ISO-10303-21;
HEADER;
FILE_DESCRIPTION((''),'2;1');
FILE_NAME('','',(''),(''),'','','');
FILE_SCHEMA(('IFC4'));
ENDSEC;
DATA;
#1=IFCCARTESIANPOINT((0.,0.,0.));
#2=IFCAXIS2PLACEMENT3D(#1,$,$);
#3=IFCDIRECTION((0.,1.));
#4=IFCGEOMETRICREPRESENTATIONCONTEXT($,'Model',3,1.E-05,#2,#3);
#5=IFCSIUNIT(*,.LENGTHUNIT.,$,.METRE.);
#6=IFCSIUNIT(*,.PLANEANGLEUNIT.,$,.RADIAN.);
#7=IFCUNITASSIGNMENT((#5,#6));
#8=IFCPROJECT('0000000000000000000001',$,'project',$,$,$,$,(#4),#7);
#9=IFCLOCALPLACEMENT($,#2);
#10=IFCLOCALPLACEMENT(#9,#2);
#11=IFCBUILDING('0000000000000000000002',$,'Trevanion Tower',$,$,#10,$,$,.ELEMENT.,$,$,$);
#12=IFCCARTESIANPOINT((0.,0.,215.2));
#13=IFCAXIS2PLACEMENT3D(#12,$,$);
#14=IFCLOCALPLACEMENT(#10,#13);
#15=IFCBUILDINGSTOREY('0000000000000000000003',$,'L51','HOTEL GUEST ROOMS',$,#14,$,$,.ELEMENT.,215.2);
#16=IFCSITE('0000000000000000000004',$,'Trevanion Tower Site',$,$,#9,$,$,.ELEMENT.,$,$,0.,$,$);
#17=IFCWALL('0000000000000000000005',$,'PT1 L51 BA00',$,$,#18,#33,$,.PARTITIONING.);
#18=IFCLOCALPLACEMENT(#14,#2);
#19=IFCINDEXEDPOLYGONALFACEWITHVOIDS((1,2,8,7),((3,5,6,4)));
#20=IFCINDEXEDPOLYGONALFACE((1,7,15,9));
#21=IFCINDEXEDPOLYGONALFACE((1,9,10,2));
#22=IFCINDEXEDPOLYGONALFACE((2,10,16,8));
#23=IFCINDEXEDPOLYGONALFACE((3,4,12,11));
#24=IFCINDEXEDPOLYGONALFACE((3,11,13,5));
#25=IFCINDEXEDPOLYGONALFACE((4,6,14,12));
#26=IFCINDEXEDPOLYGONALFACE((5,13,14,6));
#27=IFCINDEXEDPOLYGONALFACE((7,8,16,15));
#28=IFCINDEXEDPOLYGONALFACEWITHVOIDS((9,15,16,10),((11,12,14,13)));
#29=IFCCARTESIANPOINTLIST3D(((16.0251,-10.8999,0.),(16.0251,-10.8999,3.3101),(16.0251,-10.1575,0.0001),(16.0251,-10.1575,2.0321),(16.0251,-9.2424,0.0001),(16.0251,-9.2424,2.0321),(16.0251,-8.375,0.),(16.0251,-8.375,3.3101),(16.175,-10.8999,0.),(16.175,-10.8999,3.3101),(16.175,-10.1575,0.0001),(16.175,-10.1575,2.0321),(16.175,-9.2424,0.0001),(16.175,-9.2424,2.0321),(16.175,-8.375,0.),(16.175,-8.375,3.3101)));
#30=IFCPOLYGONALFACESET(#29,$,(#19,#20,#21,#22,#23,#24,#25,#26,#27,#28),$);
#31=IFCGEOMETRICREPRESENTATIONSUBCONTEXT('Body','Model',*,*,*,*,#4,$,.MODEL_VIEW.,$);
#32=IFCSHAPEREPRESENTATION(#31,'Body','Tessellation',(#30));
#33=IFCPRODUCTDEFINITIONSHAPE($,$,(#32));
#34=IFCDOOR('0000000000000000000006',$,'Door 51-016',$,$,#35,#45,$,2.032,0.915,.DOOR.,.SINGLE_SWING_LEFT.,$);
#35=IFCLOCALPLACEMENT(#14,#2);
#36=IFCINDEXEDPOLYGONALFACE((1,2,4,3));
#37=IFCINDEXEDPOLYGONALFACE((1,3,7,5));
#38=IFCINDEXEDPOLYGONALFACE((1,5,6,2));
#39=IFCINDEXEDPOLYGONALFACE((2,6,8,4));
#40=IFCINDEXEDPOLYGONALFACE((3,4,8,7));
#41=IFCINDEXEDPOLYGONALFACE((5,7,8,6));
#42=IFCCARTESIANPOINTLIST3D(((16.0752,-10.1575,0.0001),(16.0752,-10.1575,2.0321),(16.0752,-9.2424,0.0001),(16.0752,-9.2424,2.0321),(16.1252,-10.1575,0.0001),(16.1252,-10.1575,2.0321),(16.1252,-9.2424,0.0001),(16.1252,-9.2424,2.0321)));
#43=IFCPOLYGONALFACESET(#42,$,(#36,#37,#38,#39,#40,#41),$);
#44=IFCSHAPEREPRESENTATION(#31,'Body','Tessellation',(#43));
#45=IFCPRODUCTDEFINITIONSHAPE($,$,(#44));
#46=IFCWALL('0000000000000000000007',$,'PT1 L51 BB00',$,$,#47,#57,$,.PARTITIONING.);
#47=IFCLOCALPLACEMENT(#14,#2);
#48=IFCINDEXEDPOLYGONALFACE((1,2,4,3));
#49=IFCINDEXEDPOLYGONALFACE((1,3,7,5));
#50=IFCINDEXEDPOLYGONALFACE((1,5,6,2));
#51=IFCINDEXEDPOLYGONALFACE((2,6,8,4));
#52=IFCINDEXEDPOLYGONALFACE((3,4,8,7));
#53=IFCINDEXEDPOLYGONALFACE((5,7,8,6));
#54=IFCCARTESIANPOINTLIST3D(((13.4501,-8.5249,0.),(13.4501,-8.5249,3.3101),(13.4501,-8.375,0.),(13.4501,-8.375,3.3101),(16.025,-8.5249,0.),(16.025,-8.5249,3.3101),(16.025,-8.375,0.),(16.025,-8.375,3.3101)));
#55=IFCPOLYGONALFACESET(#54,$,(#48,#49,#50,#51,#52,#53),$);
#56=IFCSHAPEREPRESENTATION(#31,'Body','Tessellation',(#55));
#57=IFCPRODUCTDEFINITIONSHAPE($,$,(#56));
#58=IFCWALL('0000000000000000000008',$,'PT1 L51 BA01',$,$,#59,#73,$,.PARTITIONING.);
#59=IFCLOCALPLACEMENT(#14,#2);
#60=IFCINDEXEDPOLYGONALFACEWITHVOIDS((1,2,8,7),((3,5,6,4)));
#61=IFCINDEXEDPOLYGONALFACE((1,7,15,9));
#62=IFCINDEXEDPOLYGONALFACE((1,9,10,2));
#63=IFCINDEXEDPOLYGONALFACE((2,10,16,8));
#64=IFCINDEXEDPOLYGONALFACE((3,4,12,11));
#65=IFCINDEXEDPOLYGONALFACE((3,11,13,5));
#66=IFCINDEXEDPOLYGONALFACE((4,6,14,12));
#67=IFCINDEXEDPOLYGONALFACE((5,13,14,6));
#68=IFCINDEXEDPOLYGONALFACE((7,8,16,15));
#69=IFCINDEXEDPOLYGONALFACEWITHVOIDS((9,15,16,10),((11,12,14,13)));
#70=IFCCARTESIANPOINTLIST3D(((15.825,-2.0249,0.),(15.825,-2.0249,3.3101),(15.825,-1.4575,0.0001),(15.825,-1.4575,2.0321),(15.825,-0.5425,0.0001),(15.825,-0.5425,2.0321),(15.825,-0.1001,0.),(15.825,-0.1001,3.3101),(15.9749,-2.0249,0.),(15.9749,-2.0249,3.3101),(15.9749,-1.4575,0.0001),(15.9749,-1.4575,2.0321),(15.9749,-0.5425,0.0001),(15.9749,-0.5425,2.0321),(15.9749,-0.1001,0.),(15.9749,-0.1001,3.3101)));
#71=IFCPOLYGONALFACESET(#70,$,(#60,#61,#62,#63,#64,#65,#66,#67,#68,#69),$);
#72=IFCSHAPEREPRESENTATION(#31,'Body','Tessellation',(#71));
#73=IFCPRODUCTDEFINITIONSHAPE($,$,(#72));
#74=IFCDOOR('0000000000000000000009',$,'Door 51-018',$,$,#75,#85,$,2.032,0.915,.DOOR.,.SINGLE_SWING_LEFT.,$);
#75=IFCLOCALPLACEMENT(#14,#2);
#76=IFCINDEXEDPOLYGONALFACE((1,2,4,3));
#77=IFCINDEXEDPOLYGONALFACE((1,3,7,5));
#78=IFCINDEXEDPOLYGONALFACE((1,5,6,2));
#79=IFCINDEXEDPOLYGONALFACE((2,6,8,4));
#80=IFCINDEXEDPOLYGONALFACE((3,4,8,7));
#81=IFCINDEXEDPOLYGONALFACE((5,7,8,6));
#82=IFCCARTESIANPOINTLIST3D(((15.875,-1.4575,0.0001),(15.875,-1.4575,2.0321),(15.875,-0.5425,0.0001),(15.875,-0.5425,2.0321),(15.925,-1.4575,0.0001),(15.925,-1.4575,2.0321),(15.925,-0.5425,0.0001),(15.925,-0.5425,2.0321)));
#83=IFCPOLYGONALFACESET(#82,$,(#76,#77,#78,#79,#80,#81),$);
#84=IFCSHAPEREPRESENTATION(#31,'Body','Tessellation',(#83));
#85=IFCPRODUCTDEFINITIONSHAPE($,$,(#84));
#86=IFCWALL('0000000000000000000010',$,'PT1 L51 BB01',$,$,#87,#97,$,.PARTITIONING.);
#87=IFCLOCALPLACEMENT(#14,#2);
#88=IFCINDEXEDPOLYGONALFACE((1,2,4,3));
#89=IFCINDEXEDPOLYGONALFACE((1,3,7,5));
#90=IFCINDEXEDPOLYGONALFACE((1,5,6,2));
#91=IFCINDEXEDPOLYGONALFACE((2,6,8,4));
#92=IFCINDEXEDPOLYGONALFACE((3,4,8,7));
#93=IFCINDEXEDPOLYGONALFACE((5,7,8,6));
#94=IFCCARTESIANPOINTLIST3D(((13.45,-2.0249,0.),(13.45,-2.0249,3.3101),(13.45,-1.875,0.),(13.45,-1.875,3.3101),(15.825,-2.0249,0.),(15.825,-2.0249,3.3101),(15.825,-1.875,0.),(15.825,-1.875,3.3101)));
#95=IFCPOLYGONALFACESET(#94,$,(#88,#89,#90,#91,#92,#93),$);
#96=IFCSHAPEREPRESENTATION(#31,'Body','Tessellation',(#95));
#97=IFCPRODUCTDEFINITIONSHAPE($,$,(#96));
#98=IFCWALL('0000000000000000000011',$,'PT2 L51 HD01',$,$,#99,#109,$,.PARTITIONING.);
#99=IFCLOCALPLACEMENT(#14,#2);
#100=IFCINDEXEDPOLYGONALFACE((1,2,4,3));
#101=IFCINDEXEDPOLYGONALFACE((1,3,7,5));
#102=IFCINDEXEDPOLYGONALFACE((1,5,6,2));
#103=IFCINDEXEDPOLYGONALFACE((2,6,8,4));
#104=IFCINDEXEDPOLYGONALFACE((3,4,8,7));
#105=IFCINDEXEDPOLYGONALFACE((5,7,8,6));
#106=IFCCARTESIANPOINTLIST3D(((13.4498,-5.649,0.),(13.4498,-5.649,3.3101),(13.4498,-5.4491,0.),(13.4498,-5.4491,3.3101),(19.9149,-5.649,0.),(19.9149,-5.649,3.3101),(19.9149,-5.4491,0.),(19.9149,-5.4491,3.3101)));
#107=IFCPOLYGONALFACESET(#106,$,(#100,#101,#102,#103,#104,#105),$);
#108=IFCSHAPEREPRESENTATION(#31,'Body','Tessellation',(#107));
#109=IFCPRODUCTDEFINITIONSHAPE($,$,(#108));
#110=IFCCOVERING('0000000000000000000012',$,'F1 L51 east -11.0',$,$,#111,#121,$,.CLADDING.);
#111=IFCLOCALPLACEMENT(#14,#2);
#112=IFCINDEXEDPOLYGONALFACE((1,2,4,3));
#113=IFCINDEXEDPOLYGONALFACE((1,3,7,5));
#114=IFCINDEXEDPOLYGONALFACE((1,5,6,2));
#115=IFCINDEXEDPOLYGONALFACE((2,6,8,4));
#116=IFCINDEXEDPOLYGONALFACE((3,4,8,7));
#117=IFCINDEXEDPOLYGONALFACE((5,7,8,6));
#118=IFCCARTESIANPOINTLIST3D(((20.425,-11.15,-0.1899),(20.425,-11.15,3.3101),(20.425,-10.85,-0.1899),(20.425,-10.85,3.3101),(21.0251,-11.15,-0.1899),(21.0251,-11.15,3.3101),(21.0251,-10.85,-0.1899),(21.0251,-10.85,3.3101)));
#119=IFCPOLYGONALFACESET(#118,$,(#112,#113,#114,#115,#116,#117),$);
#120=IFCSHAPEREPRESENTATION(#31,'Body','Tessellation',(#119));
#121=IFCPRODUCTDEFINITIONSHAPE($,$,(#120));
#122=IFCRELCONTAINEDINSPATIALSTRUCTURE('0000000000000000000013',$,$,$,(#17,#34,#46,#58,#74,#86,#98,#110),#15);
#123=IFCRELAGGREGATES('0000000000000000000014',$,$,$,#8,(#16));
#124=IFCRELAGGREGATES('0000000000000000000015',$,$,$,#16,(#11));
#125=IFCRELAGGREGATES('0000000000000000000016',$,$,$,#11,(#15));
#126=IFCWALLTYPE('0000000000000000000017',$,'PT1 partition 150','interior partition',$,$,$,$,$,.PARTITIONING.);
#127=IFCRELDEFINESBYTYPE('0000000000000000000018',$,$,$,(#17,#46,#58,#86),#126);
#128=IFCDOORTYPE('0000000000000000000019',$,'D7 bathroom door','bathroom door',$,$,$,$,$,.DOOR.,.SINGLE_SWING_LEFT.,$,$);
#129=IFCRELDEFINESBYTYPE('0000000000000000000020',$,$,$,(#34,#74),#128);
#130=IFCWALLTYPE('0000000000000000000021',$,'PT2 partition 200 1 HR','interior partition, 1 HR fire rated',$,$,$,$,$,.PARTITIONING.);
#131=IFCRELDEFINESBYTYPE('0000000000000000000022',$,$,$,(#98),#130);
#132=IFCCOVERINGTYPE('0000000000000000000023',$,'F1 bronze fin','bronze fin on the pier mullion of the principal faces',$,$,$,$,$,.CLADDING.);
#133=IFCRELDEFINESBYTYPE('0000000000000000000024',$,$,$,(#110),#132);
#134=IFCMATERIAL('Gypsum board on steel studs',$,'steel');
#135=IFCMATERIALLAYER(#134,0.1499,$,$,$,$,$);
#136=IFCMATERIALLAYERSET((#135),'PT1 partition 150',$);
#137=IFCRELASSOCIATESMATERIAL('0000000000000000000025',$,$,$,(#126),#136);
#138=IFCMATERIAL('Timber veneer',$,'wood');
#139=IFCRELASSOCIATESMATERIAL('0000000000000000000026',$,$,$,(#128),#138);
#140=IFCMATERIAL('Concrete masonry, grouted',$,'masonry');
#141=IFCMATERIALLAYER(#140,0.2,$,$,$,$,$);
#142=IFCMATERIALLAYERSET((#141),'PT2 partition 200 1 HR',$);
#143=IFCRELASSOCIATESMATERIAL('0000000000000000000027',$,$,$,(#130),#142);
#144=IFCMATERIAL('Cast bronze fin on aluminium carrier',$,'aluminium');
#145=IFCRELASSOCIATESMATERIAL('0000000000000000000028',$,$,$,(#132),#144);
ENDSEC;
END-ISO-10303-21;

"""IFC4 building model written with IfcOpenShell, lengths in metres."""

from ifc_helpers import new_model, si_unit, direction, frame, frame_2d, origin, origin_2d, place, context, subcontext, project, spatial, rectangle, extrude, material, layer, layer_set, type_object, element, fill, save


model = new_model("IFC4")

# Units and contexts
model_context = context("Model", 3, precision=1e-05, world=origin(), true_north=direction((0.0, 1.0)))
body_context = subcontext(model_context, "Body", "Model", "MODEL_VIEW")
ifc_project = project(units=[si_unit("LENGTHUNIT", "METRE"), si_unit("PLANEANGLEUNIT", "RADIAN")], contexts=[model_context])

# Site, building, storey
site_placement = place(None, origin())
site = spatial("IfcSite", under=ifc_project, at=site_placement, Name="Trevanion Tower Site", CompositionType="ELEMENT", RefElevation=0.0)
building_placement = place(site_placement, origin())
building = spatial("IfcBuilding", under=site, at=building_placement, Name="Trevanion Tower", CompositionType="ELEMENT")
storey_placement = place(building_placement, frame((0.0, 0.0, 215.2)))
storey = spatial("IfcBuildingStorey", under=building, at=storey_placement, Name="L51", Description="HOTEL GUEST ROOMS", CompositionType="ELEMENT", Elevation=215.2)

# Wall, opening, door
ifc_material_1 = material(Name="Gypsum board on steel studs", Category="steel")
ifc_layer_1 = layer(ifc_material_1, 0.1499)
ifc_layer_set_1 = layer_set([ifc_layer_1], Name="PT1 partition 150")
wall_type_1 = type_object("IfcWallType", Name="PT1 partition 150", Description="interior partition", PredefinedType="PARTITIONING", material=ifc_layer_set_1)
wall_1_placement = place(storey_placement, frame((16.1001, -10.8999, 0.0), z_axis=(0.0, 0.0, 1.0), x_axis=(0.0, 1.0, 0.0)))
wall_1 = element("IfcWall", 1, at=wall_1_placement, inside=storey, type_object=wall_type_1, Name="PT1 L51 BA00", PredefinedType="PARTITIONING", context=body_context, shape_type="SweptSolid", body=[
    extrude(rectangle(XDim=2.5249, YDim=0.1499, at=frame_2d((1.2625, 0.0))), origin(), (0.0, 0.0, 1.0), 3.3101),
])
opening_1_placement = place(wall_1_placement, frame((0.7424, 0.0, 0.0)))
opening_1 = element("IfcOpeningElement", 2, at=opening_1_placement, cuts=wall_1, PredefinedType="OPENING", context=body_context, shape_type="SweptSolid", body=[
    extrude(rectangle(XDim=0.915, YDim=2.032, at=frame_2d((0.4575, 1.0161))), frame((0.0, 0.085, 0.0), z_axis=(0.0, -1.0, 0.0), x_axis=(1.0, 0.0, 0.0)), (0.0, 0.0, 1.0), 0.1699),
])
ifc_material_2 = material(Name="Timber veneer", Category="wood")
door_type = type_object("IfcDoorType", Name="D7 bathroom door", Description="bathroom door", OperationType="SINGLE_SWING_LEFT", PredefinedType="DOOR", material=ifc_material_2)
door_1_placement = place(opening_1_placement, origin())
door_1 = element("IfcDoor", 3, at=door_1_placement, inside=storey, type_object=door_type, Name="Door 51-016", OperationType="SINGLE_SWING_LEFT", OverallHeight=2.032, OverallWidth=0.915, PredefinedType="DOOR", context=body_context, shape_type="SweptSolid", body=[
    extrude(rectangle(XDim=0.915, YDim=2.032, at=frame_2d((0.4575, 1.0161))), frame((0.0, 0.0249, 0.0), z_axis=(0.0, -1.0, 0.0), x_axis=(1.0, 0.0, 0.0)), (0.0, 0.0, 1.0), 0.05),
])
fill(opening_1, door_1)

# Wall
wall_2_placement = place(storey_placement, frame((13.45, -8.45, 0.0), z_axis=(0.0, 0.0, 1.0), x_axis=(1.0, 0.0, 0.0)))
element("IfcWall", 4, at=wall_2_placement, inside=storey, type_object=wall_type_1, Name="PT1 L51 BB00", PredefinedType="PARTITIONING", context=body_context, shape_type="SweptSolid", body=[
    extrude(rectangle(XDim=2.575, YDim=0.1499, at=frame_2d((1.2876, 0.0))), origin(), (0.0, 0.0, 1.0), 3.3101),
])

# Wall, opening, door
wall_3_placement = place(storey_placement, frame((15.8999, -2.0249, 0.0), z_axis=(0.0, 0.0, 1.0), x_axis=(0.0, 1.0, 0.0)))
wall_3 = element("IfcWall", 5, at=wall_3_placement, inside=storey, type_object=wall_type_1, Name="PT1 L51 BA01", PredefinedType="PARTITIONING", context=body_context, shape_type="SweptSolid", body=[
    extrude(rectangle(XDim=1.9248, YDim=0.1499, at=frame_2d((0.9624, 0.0))), origin(), (0.0, 0.0, 1.0), 3.3101),
])
opening_2_placement = place(wall_3_placement, frame((0.5674, 0.0, 0.0)))
opening_2 = element("IfcOpeningElement", 6, at=opening_2_placement, cuts=wall_3, PredefinedType="OPENING", context=body_context, shape_type="SweptSolid", body=[
    extrude(rectangle(XDim=0.915, YDim=2.032, at=frame_2d((0.4575, 1.0161))), frame((0.0, 0.085, 0.0), z_axis=(0.0, -1.0, 0.0), x_axis=(1.0, 0.0, 0.0)), (0.0, 0.0, 1.0), 0.1699),
])
door_2_placement = place(opening_2_placement, origin())
door_2 = element("IfcDoor", 7, at=door_2_placement, inside=storey, type_object=door_type, Name="Door 51-018", OperationType="SINGLE_SWING_LEFT", OverallHeight=2.032, OverallWidth=0.915, PredefinedType="DOOR", context=body_context, shape_type="SweptSolid", body=[
    extrude(rectangle(XDim=0.915, YDim=2.032, at=frame_2d((0.4575, 1.0161))), frame((0.0, 0.0249, 0.0), z_axis=(0.0, -1.0, 0.0), x_axis=(1.0, 0.0, 0.0)), (0.0, 0.0, 1.0), 0.05),
])
fill(opening_2, door_2)

# Walls
wall_4_placement = place(storey_placement, frame((13.45, -1.95, 0.0), z_axis=(0.0, 0.0, 1.0), x_axis=(1.0, 0.0, 0.0)))
element("IfcWall", 8, at=wall_4_placement, inside=storey, type_object=wall_type_1, Name="PT1 L51 BB01", PredefinedType="PARTITIONING", context=body_context, shape_type="SweptSolid", body=[
    extrude(rectangle(XDim=2.375, YDim=0.1499, at=frame_2d((1.1875, 0.0))), origin(), (0.0, 0.0, 1.0), 3.3101),
])
ifc_material_3 = material(Name="Concrete masonry, grouted", Category="masonry")
ifc_layer_2 = layer(ifc_material_3, 0.2)
ifc_layer_set_2 = layer_set([ifc_layer_2], Name="PT2 partition 200 1 HR")
wall_type_2 = type_object("IfcWallType", Name="PT2 partition 200 1 HR", Description="interior partition, 1 HR fire rated", PredefinedType="PARTITIONING", material=ifc_layer_set_2)
wall_5_placement = place(storey_placement, frame((13.45, -5.5491, 0.0), z_axis=(0.0, 0.0, 1.0), x_axis=(1.0, 0.0, 0.0)))
element("IfcWall", 9, at=wall_5_placement, inside=storey, type_object=wall_type_2, Name="PT2 L51 HD01", PredefinedType="PARTITIONING", context=body_context, shape_type="SweptSolid", body=[
    extrude(rectangle(XDim=6.4651, YDim=0.2, at=frame_2d((3.2324, 0.0))), origin(), (0.0, 0.0, 1.0), 3.3101),
])

# Covering
ifc_material_4 = material(Name="Cast bronze fin on aluminium carrier", Category="aluminium")
covering_type = type_object("IfcCoveringType", Name="F1 bronze fin", Description="bronze fin on the pier mullion of the principal faces", PredefinedType="CLADDING", material=ifc_material_4)
covering_placement = place(storey_placement, frame((20.7251, -11.0, -0.1899), z_axis=(0.0, 0.0, 1.0), x_axis=(0.0, 1.0, 0.0)))
element("IfcCovering", 10, at=covering_placement, inside=storey, type_object=covering_type, Name="F1 L51 east -11.0", PredefinedType="CLADDING", context=body_context, shape_type="SweptSolid", body=[
    extrude(rectangle(XDim=0.3, YDim=0.6001, at=origin_2d()), origin(), (0.0, 0.0, 1.0), 3.5),
])

save(model, "model.ifc")
